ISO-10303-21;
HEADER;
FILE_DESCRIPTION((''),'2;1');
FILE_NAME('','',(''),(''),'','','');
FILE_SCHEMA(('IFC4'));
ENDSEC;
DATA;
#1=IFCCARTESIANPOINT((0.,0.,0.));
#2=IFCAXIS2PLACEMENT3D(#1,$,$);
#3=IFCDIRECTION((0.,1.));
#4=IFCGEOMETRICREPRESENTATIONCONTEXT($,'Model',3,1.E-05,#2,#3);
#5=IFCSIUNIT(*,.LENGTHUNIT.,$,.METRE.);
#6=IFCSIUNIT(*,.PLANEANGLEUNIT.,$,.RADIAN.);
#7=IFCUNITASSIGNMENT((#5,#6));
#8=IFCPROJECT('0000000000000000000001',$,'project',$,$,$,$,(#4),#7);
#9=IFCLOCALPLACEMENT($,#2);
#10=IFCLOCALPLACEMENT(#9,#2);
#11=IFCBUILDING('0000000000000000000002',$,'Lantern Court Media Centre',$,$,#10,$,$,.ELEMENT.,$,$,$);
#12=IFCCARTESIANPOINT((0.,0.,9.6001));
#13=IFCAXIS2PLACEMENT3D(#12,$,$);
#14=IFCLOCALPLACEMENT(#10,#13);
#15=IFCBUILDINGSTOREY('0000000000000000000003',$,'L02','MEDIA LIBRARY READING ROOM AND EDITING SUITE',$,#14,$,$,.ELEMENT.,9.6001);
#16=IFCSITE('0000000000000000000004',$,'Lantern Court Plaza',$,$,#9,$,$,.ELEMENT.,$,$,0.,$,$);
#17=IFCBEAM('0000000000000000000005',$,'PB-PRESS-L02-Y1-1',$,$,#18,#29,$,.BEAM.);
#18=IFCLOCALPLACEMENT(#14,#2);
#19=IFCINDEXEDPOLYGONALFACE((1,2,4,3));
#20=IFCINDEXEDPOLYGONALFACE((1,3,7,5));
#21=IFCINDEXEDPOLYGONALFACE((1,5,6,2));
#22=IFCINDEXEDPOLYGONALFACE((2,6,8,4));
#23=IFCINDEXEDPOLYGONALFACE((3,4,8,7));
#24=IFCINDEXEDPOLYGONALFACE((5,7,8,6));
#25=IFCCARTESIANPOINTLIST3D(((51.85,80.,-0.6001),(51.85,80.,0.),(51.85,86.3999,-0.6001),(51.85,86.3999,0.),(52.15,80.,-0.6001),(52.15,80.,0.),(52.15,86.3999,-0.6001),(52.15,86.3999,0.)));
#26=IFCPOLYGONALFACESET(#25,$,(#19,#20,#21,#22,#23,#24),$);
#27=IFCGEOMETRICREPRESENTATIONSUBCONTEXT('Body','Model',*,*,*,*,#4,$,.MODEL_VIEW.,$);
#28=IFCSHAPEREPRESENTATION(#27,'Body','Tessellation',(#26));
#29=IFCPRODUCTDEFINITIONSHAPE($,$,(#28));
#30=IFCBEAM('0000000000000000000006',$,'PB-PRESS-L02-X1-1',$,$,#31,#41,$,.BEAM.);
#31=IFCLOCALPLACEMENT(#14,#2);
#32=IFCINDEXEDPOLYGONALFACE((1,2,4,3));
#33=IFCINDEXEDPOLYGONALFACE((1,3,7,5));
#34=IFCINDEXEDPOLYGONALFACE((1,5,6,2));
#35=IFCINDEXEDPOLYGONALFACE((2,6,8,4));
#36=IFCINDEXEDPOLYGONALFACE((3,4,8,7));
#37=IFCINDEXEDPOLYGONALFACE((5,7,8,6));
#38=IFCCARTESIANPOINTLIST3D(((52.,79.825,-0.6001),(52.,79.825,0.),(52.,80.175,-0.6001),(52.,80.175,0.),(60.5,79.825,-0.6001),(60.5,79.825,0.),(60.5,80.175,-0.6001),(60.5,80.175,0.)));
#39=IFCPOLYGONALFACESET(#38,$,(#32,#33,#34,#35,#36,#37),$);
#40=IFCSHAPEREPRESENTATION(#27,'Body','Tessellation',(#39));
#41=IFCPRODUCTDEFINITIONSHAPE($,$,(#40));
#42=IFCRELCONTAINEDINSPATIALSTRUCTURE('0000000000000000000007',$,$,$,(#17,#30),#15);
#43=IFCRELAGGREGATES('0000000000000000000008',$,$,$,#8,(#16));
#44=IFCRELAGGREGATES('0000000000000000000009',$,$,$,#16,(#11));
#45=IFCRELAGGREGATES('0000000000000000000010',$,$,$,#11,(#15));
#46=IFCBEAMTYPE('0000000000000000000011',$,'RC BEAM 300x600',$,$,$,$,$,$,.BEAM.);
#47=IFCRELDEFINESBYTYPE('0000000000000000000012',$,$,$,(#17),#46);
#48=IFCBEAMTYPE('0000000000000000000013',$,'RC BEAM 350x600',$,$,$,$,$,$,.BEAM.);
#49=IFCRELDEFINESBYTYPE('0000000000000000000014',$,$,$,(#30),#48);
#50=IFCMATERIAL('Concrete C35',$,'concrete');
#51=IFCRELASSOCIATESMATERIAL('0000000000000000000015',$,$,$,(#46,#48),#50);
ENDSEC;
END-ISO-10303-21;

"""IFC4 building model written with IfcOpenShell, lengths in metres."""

from ifc_helpers import new_model, si_unit, direction, frame, origin, origin_2d, place, context, subcontext, project, spatial, rectangle, extrude, material, material_profile, profile_set, type_object, element, save


model = new_model("IFC4")

# Units and contexts
model_context = context("Model", 3, precision=1e-05, world=origin(), true_north=direction((0.0, 1.0)))
body_context = subcontext(model_context, "Body", "Model", "MODEL_VIEW")
ifc_project = project(units=[si_unit("LENGTHUNIT", "METRE"), si_unit("PLANEANGLEUNIT", "RADIAN")], contexts=[model_context])

# Site, building, storey
site_placement = place(None, origin())
site = spatial("IfcSite", under=ifc_project, at=site_placement, Name="Lantern Court Plaza", CompositionType="ELEMENT", RefElevation=0.0)
building_placement = place(site_placement, origin())
building = spatial("IfcBuilding", under=site, at=building_placement, Name="Lantern Court Media Centre", CompositionType="ELEMENT")
storey_placement = place(building_placement, frame((0.0, 0.0, 9.6001)))
storey = spatial("IfcBuildingStorey", under=building, at=storey_placement, Name="L02", Description="MEDIA LIBRARY READING ROOM AND EDITING SUITE", CompositionType="ELEMENT", Elevation=9.6001)

# Beams
ifc_material_1 = material(Name="Concrete C35", Category="concrete")
ifc_material_profile_1 = material_profile(ifc_material_1, rectangle(XDim=0.3, YDim=0.6001, at=origin_2d()), Name="RC 300x600")
ifc_profile_set_1 = profile_set([ifc_material_profile_1], Name="Concrete C35")
beam_type_1 = type_object("IfcBeamType", Name="RC BEAM 300x600", PredefinedType="BEAM", material=ifc_profile_set_1)
beam_1_placement = place(storey_placement, frame((52.0, 80.0, -0.3), z_axis=(0.0, 1.0, 0.0), x_axis=(-1.0, 0.0, 0.0)))
element("IfcBeam", 1, at=beam_1_placement, inside=storey, type_object=beam_type_1, Name="PB-PRESS-L02-Y1-1", PredefinedType="BEAM", context=body_context, shape_type="SweptSolid", body=[
    extrude(rectangle(XDim=0.3, YDim=0.6001, at=origin_2d()), origin(), (0.0, 0.0, 1.0), 6.3999),
])
ifc_material_profile_2 = material_profile(ifc_material_1, rectangle(XDim=0.3501, YDim=0.6001, at=origin_2d()), Name="RC 350x600")
ifc_profile_set_2 = profile_set([ifc_material_profile_2], Name="Concrete C35")
beam_type_2 = type_object("IfcBeamType", Name="RC BEAM 350x600", PredefinedType="BEAM", material=ifc_profile_set_2)
beam_2_placement = place(storey_placement, frame((52.0, 80.0, -0.3), z_axis=(1.0, 0.0, 0.0), x_axis=(0.0, 1.0, 0.0)))
element("IfcBeam", 2, at=beam_2_placement, inside=storey, type_object=beam_type_2, Name="PB-PRESS-L02-X1-1", PredefinedType="BEAM", context=body_context, shape_type="SweptSolid", body=[
    extrude(rectangle(XDim=0.3501, YDim=0.6001, at=origin_2d()), origin(), (0.0, 0.0, 1.0), 8.5),
])

save(model, "model.ifc")
